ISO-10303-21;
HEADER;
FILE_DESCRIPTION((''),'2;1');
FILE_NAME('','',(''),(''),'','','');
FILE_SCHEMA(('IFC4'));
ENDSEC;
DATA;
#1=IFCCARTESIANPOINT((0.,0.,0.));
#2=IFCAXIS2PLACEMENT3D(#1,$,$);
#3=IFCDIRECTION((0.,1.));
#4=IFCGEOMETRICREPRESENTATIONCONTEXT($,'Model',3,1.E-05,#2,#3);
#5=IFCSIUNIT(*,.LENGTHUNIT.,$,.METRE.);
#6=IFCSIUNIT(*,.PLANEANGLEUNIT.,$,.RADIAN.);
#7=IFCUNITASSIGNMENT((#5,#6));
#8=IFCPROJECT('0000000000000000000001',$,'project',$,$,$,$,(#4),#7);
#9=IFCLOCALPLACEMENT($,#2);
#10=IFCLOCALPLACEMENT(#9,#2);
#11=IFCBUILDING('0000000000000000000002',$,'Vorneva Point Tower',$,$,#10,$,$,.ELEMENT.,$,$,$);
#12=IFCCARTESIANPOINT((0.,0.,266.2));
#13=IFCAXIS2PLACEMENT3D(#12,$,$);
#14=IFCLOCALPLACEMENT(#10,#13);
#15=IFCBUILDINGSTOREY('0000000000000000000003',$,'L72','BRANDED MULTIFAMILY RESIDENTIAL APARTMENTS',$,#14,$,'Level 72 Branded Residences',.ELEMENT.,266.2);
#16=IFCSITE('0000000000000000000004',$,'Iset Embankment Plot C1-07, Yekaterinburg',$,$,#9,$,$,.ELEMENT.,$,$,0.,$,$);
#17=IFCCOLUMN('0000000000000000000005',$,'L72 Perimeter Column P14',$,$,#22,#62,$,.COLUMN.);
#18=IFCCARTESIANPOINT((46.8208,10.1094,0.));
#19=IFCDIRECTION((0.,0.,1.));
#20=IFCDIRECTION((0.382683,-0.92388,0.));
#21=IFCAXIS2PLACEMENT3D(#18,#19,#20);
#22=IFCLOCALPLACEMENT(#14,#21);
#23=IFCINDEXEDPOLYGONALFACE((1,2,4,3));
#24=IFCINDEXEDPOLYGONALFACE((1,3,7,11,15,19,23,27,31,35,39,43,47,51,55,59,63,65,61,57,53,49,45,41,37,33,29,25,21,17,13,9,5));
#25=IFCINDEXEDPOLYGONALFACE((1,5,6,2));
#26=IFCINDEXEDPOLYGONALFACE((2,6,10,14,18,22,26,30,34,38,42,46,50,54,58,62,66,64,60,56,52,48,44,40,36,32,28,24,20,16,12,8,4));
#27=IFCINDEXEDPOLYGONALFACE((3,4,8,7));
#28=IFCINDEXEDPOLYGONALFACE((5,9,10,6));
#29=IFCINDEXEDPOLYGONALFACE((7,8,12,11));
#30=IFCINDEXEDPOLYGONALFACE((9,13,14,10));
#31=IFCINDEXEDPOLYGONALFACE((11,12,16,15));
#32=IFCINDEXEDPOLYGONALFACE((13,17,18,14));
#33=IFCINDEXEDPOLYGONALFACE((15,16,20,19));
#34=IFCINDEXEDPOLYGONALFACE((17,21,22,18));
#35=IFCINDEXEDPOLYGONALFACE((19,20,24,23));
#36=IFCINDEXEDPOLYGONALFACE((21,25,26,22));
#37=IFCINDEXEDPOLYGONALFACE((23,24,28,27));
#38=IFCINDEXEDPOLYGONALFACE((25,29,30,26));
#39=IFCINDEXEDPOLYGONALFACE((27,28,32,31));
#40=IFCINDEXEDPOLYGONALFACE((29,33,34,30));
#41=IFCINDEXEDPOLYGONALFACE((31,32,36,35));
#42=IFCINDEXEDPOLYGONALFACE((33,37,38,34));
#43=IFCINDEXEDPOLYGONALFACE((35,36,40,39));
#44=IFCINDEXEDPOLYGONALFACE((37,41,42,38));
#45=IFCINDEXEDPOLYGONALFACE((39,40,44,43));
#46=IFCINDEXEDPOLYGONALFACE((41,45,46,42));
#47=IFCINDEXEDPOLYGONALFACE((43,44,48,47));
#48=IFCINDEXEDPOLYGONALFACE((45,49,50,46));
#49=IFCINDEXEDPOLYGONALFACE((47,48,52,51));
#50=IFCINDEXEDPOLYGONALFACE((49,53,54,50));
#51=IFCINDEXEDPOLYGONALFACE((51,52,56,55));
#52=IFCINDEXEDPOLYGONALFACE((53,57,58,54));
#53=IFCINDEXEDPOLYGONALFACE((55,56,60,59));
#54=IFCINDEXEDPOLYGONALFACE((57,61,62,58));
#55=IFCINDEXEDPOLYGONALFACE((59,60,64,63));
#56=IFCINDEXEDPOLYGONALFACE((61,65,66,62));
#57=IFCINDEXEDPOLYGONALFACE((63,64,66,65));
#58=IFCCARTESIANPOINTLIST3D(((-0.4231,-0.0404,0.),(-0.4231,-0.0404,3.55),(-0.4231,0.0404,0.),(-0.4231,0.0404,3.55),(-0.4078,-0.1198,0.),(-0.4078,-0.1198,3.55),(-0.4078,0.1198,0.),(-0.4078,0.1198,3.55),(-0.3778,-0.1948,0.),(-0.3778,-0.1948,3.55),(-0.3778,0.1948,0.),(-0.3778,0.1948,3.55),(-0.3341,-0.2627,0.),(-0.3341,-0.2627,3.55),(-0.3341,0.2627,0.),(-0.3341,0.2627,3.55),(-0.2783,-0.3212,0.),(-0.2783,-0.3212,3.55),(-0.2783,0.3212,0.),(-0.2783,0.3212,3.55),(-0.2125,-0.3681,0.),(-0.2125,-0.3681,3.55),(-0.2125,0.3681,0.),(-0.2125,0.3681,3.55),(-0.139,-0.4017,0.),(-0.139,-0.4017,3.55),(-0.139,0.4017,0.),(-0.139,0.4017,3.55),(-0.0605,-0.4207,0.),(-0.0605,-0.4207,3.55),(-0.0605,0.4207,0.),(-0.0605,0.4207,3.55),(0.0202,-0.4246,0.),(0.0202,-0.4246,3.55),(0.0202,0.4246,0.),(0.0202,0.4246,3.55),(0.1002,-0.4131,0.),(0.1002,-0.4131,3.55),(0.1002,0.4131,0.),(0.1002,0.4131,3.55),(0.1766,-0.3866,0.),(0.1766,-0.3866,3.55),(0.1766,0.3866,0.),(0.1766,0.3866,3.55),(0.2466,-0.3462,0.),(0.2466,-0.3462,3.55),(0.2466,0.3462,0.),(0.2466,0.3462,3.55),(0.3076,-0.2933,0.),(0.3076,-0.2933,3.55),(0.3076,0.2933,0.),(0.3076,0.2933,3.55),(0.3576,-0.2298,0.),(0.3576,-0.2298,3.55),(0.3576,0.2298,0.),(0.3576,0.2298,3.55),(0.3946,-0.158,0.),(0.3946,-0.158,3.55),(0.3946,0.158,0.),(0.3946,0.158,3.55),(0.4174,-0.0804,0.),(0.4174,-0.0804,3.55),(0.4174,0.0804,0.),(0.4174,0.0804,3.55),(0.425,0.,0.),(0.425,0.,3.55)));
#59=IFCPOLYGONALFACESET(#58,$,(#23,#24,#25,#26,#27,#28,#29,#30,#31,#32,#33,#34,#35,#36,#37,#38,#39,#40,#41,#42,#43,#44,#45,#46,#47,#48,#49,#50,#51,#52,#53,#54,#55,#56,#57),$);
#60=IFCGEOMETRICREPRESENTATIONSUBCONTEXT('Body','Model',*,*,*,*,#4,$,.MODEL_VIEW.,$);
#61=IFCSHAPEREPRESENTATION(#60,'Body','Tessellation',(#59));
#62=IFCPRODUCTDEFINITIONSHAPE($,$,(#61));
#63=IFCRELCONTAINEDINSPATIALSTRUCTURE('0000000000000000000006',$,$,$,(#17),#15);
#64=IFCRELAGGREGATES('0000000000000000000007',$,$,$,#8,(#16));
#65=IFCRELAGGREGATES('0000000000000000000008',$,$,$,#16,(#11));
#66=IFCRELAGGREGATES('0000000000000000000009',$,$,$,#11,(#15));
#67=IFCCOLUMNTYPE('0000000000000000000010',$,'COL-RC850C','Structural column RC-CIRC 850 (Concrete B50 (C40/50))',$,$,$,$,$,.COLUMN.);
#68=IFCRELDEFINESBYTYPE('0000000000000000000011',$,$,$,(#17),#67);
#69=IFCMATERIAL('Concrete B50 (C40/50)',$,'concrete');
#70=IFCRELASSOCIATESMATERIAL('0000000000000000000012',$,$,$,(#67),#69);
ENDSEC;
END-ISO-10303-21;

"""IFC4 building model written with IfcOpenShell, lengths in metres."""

from ifc_helpers import new_model, si_unit, direction, frame, origin, origin_2d, place, context, subcontext, project, spatial, circle, extrude, material, material_profile, profile_set, type_object, element, save


model = new_model("IFC4")

# Units and contexts
model_context = context("Model", 3, precision=1e-05, world=origin(), true_north=direction((0.0, 1.0)))
body_context = subcontext(model_context, "Body", "Model", "MODEL_VIEW")
ifc_project = project(units=[si_unit("LENGTHUNIT", "METRE"), si_unit("PLANEANGLEUNIT", "RADIAN")], contexts=[model_context])

# Site, building, storey
site_placement = place(None, origin())
site = spatial("IfcSite", under=ifc_project, at=site_placement, Name="Iset Embankment Plot C1-07, Yekaterinburg", CompositionType="ELEMENT", RefElevation=0.0)
building_placement = place(site_placement, origin())
building = spatial("IfcBuilding", under=site, at=building_placement, Name="Vorneva Point Tower", CompositionType="ELEMENT")
storey_placement = place(building_placement, frame((0.0, 0.0, 266.2)))
storey = spatial("IfcBuildingStorey", under=building, at=storey_placement, Name="L72", Description="BRANDED MULTIFAMILY RESIDENTIAL APARTMENTS", LongName="Level 72 Branded Residences", CompositionType="ELEMENT", Elevation=266.2)

# Column
ifc_material_1 = material(Name="Concrete B50 (C40/50)", Category="concrete")
ifc_material_profile_1 = material_profile(ifc_material_1, circle(Radius=0.425, at=origin_2d()), Name="RC-CIRC 850")
ifc_profile_set_1 = profile_set([ifc_material_profile_1], Name="Concrete B50 (C40/50)")
column_type_1 = type_object("IfcColumnType", Name="COL-RC850C", Description="Structural column RC-CIRC 850 (Concrete B50 (C40/50))", PredefinedType="COLUMN", material=ifc_profile_set_1)
column_1_placement = place(storey_placement, frame((46.8208, 10.1094, 0.0), z_axis=(0.0, 0.0, 1.0), x_axis=(0.382683, -0.92388, 0.0)))
element("IfcColumn", 1, at=column_1_placement, inside=storey, type_object=column_type_1, Name="L72 Perimeter Column P14", PredefinedType="COLUMN", context=body_context, shape_type="SweptSolid", body=[
    extrude(circle(Radius=0.425, at=origin_2d()), origin(), (0.0, 0.0, 1.0), 3.55),
])

save(model, "model.ifc")
